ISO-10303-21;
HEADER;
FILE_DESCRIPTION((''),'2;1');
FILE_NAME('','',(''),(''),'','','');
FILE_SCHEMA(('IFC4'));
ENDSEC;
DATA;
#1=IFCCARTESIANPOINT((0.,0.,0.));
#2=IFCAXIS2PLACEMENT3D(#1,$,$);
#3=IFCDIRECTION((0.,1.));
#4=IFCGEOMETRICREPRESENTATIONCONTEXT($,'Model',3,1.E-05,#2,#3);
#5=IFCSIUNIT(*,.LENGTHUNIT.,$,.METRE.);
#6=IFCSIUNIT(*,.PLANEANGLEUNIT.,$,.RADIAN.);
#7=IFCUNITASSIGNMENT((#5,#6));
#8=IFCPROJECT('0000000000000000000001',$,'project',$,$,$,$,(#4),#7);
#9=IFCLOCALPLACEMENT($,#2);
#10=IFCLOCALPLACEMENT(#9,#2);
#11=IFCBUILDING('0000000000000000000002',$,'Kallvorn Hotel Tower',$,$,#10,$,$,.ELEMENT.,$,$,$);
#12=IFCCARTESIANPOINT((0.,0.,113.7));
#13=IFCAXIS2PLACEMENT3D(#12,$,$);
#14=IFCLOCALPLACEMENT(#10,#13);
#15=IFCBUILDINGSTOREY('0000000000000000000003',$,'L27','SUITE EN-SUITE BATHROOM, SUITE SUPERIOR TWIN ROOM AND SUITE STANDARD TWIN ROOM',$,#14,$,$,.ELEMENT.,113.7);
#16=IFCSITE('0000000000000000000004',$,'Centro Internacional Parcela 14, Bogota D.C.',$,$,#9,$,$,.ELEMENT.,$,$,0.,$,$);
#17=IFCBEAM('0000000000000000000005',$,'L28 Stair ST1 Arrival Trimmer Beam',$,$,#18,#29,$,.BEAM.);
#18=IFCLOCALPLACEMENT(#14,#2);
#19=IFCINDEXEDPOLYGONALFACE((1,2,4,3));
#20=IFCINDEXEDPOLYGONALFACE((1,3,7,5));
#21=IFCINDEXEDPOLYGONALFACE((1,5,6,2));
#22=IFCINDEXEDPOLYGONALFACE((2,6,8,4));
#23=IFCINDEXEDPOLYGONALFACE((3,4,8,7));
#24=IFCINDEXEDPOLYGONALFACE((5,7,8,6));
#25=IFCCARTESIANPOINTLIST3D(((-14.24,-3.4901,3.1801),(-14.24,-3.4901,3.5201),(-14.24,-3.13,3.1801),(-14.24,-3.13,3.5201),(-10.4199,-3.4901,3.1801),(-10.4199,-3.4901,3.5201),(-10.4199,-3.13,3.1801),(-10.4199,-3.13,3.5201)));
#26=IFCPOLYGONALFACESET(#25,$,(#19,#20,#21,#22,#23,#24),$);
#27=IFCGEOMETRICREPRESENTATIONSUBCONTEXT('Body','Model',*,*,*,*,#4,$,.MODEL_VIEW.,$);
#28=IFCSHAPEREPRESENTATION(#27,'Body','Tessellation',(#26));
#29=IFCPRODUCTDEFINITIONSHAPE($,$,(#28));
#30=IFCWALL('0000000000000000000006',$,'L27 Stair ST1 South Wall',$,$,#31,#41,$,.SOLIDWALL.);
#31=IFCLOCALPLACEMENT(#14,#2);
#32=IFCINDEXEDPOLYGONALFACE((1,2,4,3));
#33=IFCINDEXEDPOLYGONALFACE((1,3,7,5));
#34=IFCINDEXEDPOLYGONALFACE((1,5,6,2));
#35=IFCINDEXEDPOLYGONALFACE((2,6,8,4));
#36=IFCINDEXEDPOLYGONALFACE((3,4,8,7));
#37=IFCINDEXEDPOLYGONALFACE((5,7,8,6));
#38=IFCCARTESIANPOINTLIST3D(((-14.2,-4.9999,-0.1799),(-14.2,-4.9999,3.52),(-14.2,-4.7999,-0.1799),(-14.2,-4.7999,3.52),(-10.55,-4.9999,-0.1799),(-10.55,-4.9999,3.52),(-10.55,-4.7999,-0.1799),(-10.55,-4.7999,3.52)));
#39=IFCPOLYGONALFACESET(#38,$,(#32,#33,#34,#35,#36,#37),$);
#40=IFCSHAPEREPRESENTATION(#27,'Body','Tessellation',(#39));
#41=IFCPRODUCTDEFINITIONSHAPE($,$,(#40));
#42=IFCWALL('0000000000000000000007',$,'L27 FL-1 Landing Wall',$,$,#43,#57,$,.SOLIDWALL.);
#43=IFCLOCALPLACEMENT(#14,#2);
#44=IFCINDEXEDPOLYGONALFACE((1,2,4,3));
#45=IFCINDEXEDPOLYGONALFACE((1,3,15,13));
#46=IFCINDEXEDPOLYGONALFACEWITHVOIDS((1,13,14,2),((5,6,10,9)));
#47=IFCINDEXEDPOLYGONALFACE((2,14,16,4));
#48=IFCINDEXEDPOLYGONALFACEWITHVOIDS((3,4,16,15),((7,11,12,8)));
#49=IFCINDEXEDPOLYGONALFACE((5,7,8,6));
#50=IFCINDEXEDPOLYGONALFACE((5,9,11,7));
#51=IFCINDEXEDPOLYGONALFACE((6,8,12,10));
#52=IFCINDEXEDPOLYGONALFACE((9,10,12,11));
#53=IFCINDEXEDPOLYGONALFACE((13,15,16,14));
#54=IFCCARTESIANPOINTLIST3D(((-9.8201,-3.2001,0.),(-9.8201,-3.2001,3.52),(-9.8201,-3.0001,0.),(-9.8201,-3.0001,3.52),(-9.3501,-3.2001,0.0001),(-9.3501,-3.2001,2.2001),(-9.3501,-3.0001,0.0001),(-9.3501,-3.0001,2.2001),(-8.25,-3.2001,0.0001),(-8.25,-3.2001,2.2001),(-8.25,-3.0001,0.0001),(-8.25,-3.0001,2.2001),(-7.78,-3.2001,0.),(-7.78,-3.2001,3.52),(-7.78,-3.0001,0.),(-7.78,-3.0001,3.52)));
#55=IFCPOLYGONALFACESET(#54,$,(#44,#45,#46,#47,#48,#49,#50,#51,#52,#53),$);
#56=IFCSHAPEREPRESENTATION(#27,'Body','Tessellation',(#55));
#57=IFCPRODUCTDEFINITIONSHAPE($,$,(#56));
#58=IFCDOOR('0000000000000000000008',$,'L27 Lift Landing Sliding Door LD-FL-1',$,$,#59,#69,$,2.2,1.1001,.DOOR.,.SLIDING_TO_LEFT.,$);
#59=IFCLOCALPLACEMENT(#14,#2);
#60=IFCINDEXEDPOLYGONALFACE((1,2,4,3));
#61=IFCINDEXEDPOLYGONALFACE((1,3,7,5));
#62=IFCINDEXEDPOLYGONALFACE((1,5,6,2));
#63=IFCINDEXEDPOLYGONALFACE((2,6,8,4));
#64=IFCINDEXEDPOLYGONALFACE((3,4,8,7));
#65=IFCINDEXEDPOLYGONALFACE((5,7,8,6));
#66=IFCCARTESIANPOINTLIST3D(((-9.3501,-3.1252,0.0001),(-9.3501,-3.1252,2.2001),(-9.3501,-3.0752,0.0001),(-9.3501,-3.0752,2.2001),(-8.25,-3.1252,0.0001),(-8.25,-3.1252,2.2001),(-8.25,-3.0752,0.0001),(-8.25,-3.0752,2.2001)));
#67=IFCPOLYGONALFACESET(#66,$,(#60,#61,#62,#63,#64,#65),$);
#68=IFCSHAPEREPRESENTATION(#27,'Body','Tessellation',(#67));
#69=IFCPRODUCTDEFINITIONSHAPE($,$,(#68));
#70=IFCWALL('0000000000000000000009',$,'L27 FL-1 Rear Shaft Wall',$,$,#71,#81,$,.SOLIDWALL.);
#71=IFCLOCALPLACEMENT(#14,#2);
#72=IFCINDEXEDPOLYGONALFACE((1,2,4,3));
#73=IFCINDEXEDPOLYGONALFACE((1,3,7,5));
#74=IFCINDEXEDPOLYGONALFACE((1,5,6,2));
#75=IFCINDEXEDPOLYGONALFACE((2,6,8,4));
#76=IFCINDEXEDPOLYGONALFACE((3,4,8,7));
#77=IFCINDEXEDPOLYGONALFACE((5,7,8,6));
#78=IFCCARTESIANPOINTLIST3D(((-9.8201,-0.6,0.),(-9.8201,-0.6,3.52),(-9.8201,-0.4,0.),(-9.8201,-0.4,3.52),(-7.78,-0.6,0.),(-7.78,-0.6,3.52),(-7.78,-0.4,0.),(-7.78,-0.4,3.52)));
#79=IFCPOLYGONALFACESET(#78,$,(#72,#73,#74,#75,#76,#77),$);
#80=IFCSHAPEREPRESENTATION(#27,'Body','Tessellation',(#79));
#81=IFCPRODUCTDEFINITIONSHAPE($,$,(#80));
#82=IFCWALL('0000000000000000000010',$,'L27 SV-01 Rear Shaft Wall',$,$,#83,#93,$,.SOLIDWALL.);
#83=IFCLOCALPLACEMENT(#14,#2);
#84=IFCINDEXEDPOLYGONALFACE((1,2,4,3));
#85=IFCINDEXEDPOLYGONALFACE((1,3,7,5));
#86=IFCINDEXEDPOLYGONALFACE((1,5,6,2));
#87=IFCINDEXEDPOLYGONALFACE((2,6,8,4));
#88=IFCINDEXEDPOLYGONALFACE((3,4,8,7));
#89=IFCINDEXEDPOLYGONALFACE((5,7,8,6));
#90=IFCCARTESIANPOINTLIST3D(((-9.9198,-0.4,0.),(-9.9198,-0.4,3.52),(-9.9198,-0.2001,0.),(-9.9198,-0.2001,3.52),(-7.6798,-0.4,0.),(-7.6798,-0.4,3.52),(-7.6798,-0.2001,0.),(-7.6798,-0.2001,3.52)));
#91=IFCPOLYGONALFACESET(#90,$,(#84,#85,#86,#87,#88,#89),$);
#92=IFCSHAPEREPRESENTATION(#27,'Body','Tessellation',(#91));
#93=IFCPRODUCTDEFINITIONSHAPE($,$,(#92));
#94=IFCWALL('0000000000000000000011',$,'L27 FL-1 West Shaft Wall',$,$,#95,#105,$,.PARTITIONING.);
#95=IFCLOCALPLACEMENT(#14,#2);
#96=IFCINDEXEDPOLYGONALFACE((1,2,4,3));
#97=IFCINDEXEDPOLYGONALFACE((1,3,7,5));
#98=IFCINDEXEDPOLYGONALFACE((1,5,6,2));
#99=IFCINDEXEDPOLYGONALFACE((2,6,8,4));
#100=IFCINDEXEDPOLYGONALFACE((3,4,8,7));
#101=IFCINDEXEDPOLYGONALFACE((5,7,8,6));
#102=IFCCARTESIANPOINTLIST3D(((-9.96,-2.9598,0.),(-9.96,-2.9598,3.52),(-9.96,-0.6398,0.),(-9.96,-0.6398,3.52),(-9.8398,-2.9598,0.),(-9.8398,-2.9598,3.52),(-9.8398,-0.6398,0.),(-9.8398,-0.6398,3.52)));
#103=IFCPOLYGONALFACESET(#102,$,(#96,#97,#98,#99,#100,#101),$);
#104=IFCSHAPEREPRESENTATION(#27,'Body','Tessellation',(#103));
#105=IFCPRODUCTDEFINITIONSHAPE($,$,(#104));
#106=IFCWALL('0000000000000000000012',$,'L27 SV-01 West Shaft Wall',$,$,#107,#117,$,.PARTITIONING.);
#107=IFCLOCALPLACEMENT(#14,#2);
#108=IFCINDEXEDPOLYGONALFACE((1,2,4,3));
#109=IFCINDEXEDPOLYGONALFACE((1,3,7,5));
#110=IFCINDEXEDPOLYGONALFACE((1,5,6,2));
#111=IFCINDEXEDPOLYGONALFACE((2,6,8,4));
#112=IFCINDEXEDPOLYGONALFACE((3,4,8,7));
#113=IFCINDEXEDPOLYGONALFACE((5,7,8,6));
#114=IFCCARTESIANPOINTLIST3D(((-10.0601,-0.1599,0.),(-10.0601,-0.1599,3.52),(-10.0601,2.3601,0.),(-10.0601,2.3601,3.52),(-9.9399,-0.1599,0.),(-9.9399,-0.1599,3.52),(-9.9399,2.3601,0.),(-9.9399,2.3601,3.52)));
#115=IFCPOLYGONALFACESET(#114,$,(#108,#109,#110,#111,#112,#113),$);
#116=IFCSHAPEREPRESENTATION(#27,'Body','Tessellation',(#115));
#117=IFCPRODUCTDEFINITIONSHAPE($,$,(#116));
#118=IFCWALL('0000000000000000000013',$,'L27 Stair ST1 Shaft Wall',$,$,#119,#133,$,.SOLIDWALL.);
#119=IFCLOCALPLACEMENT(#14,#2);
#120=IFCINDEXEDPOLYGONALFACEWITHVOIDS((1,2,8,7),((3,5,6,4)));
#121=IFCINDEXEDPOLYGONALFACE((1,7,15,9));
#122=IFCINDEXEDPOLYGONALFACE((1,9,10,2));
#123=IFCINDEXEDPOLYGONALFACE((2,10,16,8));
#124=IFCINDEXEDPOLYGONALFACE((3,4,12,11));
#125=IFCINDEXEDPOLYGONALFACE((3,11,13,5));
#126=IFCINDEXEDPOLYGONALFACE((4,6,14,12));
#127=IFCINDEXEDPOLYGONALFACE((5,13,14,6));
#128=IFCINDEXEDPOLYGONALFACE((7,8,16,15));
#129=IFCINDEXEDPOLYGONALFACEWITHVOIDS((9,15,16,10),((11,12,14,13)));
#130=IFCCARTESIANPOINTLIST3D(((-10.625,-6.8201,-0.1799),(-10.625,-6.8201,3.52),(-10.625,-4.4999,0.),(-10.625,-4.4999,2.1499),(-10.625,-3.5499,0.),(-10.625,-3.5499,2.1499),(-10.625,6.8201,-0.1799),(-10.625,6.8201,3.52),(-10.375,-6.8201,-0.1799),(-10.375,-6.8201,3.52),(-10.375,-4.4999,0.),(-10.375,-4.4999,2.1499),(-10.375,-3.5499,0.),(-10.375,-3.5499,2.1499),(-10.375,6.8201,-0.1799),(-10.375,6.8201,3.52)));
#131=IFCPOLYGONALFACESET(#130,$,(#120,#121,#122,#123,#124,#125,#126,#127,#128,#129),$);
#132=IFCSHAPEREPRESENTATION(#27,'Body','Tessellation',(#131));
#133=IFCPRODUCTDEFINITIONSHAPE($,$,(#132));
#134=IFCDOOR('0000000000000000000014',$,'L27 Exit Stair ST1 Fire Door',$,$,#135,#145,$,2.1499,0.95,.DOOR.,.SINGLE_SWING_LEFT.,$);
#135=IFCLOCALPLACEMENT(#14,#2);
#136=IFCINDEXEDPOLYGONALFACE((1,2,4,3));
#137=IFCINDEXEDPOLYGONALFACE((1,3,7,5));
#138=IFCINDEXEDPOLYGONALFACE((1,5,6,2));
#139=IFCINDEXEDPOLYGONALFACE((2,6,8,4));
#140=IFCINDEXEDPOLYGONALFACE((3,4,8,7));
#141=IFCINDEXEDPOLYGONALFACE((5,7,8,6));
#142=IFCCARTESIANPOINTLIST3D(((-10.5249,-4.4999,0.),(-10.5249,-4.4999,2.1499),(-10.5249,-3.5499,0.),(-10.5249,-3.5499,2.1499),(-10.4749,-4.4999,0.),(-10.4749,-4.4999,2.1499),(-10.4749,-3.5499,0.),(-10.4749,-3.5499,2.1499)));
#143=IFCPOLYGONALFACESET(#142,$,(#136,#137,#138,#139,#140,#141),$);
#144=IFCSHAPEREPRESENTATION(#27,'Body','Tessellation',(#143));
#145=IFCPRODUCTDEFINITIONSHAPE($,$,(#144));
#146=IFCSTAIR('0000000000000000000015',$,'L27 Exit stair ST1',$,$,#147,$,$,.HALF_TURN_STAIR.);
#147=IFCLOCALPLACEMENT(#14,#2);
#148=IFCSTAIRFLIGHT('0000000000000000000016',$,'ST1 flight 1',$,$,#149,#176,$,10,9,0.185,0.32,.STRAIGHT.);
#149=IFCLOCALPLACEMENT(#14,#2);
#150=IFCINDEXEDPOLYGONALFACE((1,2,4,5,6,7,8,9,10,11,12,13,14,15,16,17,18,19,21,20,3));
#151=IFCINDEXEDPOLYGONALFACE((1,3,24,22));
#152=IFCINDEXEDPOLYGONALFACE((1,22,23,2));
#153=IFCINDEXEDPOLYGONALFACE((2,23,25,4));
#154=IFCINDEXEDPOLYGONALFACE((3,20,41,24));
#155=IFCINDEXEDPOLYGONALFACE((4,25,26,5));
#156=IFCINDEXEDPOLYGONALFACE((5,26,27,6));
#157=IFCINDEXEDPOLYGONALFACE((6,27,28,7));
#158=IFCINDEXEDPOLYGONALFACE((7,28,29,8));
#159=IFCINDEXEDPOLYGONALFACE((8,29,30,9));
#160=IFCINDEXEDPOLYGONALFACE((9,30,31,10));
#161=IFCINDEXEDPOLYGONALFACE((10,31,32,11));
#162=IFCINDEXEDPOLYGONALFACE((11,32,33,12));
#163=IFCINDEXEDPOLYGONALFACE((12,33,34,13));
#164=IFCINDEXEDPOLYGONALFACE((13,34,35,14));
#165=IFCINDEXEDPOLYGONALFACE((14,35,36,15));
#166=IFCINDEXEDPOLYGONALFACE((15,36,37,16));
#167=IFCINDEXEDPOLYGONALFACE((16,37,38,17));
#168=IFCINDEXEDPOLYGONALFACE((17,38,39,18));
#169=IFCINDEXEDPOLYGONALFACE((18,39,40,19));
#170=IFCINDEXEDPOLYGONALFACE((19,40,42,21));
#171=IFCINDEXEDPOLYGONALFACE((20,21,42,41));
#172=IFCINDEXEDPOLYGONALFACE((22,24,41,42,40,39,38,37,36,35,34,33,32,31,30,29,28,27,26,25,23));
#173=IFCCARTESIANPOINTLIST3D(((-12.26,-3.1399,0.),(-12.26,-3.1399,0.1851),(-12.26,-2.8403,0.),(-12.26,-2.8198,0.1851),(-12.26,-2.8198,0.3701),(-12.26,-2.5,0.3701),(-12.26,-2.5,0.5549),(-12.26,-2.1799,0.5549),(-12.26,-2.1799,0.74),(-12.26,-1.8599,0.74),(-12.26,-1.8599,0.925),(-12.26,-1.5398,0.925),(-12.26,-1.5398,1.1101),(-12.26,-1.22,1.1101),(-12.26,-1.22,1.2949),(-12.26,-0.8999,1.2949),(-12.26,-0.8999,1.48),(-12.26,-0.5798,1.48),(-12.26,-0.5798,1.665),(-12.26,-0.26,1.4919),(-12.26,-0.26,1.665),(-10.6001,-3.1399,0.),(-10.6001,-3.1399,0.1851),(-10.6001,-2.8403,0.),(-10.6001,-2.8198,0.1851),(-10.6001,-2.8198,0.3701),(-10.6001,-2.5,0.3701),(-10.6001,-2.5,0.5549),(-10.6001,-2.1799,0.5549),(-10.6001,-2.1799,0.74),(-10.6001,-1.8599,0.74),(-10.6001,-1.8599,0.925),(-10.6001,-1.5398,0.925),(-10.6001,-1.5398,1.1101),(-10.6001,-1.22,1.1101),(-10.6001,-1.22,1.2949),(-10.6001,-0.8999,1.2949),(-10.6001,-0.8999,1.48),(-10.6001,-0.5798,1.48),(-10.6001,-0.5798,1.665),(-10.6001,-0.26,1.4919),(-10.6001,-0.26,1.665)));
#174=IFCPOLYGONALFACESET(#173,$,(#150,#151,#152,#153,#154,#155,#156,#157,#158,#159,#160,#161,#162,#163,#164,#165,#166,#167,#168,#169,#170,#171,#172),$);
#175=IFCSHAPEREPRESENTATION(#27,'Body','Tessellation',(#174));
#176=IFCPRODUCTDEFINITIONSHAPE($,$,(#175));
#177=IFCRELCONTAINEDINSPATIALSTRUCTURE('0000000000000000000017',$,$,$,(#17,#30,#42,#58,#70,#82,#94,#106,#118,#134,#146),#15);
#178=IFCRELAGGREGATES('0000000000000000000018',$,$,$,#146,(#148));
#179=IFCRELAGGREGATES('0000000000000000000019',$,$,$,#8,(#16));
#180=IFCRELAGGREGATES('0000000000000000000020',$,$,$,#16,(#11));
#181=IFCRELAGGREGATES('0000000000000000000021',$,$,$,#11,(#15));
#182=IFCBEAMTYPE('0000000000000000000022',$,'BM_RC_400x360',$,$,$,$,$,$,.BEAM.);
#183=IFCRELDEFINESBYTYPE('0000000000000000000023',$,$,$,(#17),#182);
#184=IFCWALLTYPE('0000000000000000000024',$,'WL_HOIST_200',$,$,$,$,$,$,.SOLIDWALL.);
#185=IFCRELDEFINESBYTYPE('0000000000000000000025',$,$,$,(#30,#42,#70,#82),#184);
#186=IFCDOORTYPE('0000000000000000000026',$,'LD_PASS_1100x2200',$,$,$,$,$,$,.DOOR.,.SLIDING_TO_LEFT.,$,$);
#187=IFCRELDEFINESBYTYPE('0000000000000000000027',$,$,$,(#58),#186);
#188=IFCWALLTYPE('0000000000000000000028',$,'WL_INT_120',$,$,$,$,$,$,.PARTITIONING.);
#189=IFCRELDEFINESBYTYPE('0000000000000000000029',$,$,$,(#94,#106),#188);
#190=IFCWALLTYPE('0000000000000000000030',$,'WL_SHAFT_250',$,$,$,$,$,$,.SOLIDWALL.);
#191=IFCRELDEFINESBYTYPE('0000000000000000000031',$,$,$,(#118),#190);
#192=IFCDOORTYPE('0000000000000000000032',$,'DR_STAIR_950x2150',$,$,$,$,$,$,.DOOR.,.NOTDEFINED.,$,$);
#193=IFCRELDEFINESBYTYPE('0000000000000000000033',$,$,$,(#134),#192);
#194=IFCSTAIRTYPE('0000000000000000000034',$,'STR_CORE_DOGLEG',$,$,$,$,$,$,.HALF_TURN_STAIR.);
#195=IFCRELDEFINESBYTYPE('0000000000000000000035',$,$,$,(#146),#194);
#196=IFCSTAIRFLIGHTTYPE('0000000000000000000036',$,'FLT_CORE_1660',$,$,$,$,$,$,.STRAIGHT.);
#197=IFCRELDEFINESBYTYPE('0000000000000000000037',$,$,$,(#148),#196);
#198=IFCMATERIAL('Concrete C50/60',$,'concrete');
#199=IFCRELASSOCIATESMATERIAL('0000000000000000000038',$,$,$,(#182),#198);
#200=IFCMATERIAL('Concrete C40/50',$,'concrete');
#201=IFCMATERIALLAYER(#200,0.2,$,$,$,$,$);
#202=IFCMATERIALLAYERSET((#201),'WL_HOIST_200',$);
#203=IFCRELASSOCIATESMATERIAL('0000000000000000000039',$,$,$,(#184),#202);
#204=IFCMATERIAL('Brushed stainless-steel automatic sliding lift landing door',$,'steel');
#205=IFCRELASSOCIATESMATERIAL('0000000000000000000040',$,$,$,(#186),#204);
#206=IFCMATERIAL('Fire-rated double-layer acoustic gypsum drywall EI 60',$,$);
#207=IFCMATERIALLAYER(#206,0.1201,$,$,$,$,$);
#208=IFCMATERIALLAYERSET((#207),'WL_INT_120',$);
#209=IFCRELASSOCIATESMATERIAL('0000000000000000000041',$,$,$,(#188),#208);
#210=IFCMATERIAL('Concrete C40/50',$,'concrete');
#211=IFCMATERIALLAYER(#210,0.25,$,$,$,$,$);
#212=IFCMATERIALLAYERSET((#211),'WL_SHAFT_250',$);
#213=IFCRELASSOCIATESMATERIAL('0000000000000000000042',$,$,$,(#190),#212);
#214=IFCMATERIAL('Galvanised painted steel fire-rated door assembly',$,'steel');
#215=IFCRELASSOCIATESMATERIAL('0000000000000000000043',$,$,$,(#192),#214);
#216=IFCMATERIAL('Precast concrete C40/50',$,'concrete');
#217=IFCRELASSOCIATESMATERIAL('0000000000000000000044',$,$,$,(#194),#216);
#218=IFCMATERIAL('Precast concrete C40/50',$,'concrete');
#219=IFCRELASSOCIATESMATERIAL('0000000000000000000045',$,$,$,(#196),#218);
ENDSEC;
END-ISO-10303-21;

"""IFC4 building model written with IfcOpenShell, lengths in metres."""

from ifc_helpers import new_model, si_unit, direction, frame, frame_2d, origin, origin_2d, place, context, subcontext, project, spatial, polyline, rectangle, outline, extrude, material, layer, layer_set, material_profile, profile_set, type_object, element, fill, aggregate, save


model = new_model("IFC4")

# Units and contexts
model_context = context("Model", 3, precision=1e-05, world=origin(), true_north=direction((0.0, 1.0)))
body_context = subcontext(model_context, "Body", "Model", "MODEL_VIEW")
ifc_project = project(units=[si_unit("LENGTHUNIT", "METRE"), si_unit("PLANEANGLEUNIT", "RADIAN")], contexts=[model_context])

# Site, building, storey
site_placement = place(None, origin())
site = spatial("IfcSite", under=ifc_project, at=site_placement, Name="Centro Internacional Parcela 14, Bogota D.C.", CompositionType="ELEMENT", RefElevation=0.0)
building_placement = place(site_placement, origin())
building = spatial("IfcBuilding", under=site, at=building_placement, Name="Kallvorn Hotel Tower", CompositionType="ELEMENT")
storey_placement = place(building_placement, frame((0.0, 0.0, 113.7)))
storey = spatial("IfcBuildingStorey", under=building, at=storey_placement, Name="L27", Description="SUITE EN-SUITE BATHROOM, SUITE SUPERIOR TWIN ROOM AND SUITE STANDARD TWIN ROOM", CompositionType="ELEMENT", Elevation=113.7)

# Beam
ifc_material_1 = material(Name="Concrete C50/60", Category="concrete")
ifc_material_profile = material_profile(ifc_material_1, rectangle(XDim=0.3601, YDim=0.3401, at=origin_2d()), Name="RC 360x340")
ifc_profile_set = profile_set([ifc_material_profile], Name="Concrete C50/60")
beam_type = type_object("IfcBeamType", Name="BM_RC_400x360", PredefinedType="BEAM", material=ifc_profile_set)
beam_placement = place(storey_placement, frame((-10.4199, -3.3101, 3.3501), z_axis=(-1.0, 0.0, 0.0), x_axis=(0.0, -1.0, 0.0)))
element("IfcBeam", 1, at=beam_placement, inside=storey, type_object=beam_type, Name="L28 Stair ST1 Arrival Trimmer Beam", PredefinedType="BEAM", context=body_context, shape_type="SweptSolid", body=[
    extrude(rectangle(XDim=0.3601, YDim=0.3401, at=origin_2d()), origin(), (0.0, 0.0, 1.0), 3.8201),
])

# Wall
ifc_material_2 = material(Name="Concrete C40/50", Category="concrete")
ifc_layer_1 = layer(ifc_material_2, 0.2)
ifc_layer_set_1 = layer_set([ifc_layer_1], Name="WL_HOIST_200")
wall_type_1 = type_object("IfcWallType", Name="WL_HOIST_200", PredefinedType="SOLIDWALL", material=ifc_layer_set_1)
wall_1_placement = place(storey_placement, frame((-14.2, -4.8999, -0.1799), z_axis=(0.0, 0.0, 1.0), x_axis=(1.0, 0.0, 0.0)))
element("IfcWall", 2, at=wall_1_placement, inside=storey, type_object=wall_type_1, Name="L27 Stair ST1 South Wall", PredefinedType="SOLIDWALL", context=body_context, shape_type="SweptSolid", body=[
    extrude(rectangle(XDim=3.6499, YDim=0.2, at=frame_2d((1.825, 0.0))), origin(), (0.0, 0.0, 1.0), 3.7),
])

# Wall, opening, door
wall_2_placement = place(storey_placement, frame((-9.8201, -3.1001, 0.0), z_axis=(0.0, 0.0, 1.0), x_axis=(1.0, 0.0, 0.0)))
wall_2 = element("IfcWall", 3, at=wall_2_placement, inside=storey, type_object=wall_type_1, Name="L27 FL-1 Landing Wall", PredefinedType="SOLIDWALL", context=body_context, shape_type="SweptSolid", body=[
    extrude(rectangle(XDim=2.04, YDim=0.2, at=frame_2d((1.02, 0.0))), origin(), (0.0, 0.0, 1.0), 3.52),
])
opening_1_placement = place(wall_2_placement, frame((0.47, 0.0, 0.0)))
opening_1 = element("IfcOpeningElement", 4, at=opening_1_placement, cuts=wall_2, PredefinedType="OPENING", context=body_context, shape_type="SweptSolid", body=[
    extrude(rectangle(XDim=1.1001, YDim=2.2, at=frame_2d((0.55, 1.1001))), frame((0.0, 0.115, 0.0), z_axis=(0.0, -1.0, 0.0), x_axis=(1.0, 0.0, 0.0)), (0.0, 0.0, 1.0), 0.23),
])
ifc_material_3 = material(Name="Brushed stainless-steel automatic sliding lift landing door", Category="steel")
door_type_1 = type_object("IfcDoorType", Name="LD_PASS_1100x2200", OperationType="SLIDING_TO_LEFT", PredefinedType="DOOR", material=ifc_material_3)
door_1_placement = place(opening_1_placement, origin())
door_1 = element("IfcDoor", 5, at=door_1_placement, inside=storey, type_object=door_type_1, Name="L27 Lift Landing Sliding Door LD-FL-1", OperationType="SLIDING_TO_LEFT", OverallHeight=2.2, OverallWidth=1.1001, PredefinedType="DOOR", context=body_context, shape_type="SweptSolid", body=[
    extrude(rectangle(XDim=1.1001, YDim=2.2, at=frame_2d((0.55, 1.1001))), frame((0.0, 0.0249, 0.0), z_axis=(0.0, -1.0, 0.0), x_axis=(1.0, 0.0, 0.0)), (0.0, 0.0, 1.0), 0.05),
])
fill(opening_1, door_1)

# Walls
wall_3_placement = place(storey_placement, frame((-9.8201, -0.5, 0.0), z_axis=(0.0, 0.0, 1.0), x_axis=(1.0, 0.0, 0.0)))
element("IfcWall", 6, at=wall_3_placement, inside=storey, type_object=wall_type_1, Name="L27 FL-1 Rear Shaft Wall", PredefinedType="SOLIDWALL", context=body_context, shape_type="SweptSolid", body=[
    extrude(rectangle(XDim=2.04, YDim=0.2, at=frame_2d((1.02, 0.0))), origin(), (0.0, 0.0, 1.0), 3.52),
])
wall_4_placement = place(storey_placement, frame((-9.9199, -0.3, 0.0), z_axis=(0.0, 0.0, 1.0), x_axis=(1.0, 0.0, 0.0)))
element("IfcWall", 7, at=wall_4_placement, inside=storey, type_object=wall_type_1, Name="L27 SV-01 Rear Shaft Wall", PredefinedType="SOLIDWALL", context=body_context, shape_type="SweptSolid", body=[
    extrude(rectangle(XDim=2.24, YDim=0.2, at=frame_2d((1.1201, 0.0))), origin(), (0.0, 0.0, 1.0), 3.52),
])
ifc_material_4 = material(Name="Fire-rated double-layer acoustic gypsum drywall EI 60")
ifc_layer_2 = layer(ifc_material_4, 0.1201)
ifc_layer_set_2 = layer_set([ifc_layer_2], Name="WL_INT_120")
wall_type_2 = type_object("IfcWallType", Name="WL_INT_120", PredefinedType="PARTITIONING", material=ifc_layer_set_2)
wall_5_placement = place(storey_placement, frame((-9.8999, -2.96, 0.0), z_axis=(0.0, 0.0, 1.0), x_axis=(0.0, 1.0, 0.0)))
element("IfcWall", 8, at=wall_5_placement, inside=storey, type_object=wall_type_2, Name="L27 FL-1 West Shaft Wall", PredefinedType="PARTITIONING", context=body_context, shape_type="SweptSolid", body=[
    extrude(rectangle(XDim=2.3201, YDim=0.1201, at=frame_2d((1.1602, 0.0))), origin(), (0.0, 0.0, 1.0), 3.52),
])
wall_6_placement = place(storey_placement, frame((-10.0, -0.1599, 0.0), z_axis=(0.0, 0.0, 1.0), x_axis=(0.0, 1.0, 0.0)))
element("IfcWall", 9, at=wall_6_placement, inside=storey, type_object=wall_type_2, Name="L27 SV-01 West Shaft Wall", PredefinedType="PARTITIONING", context=body_context, shape_type="SweptSolid", body=[
    extrude(rectangle(XDim=2.52, YDim=0.1201, at=frame_2d((1.26, 0.0))), origin(), (0.0, 0.0, 1.0), 3.52),
])

# Wall, opening, door
ifc_material_5 = material(Name="Concrete C40/50", Category="concrete")
ifc_layer_3 = layer(ifc_material_5, 0.25)
ifc_layer_set_3 = layer_set([ifc_layer_3], Name="WL_SHAFT_250")
wall_type_3 = type_object("IfcWallType", Name="WL_SHAFT_250", PredefinedType="SOLIDWALL", material=ifc_layer_set_3)
wall_7_placement = place(storey_placement, frame((-10.5, -6.8201, -0.1799), z_axis=(0.0, 0.0, 1.0), x_axis=(0.0, 1.0, 0.0)))
wall_7 = element("IfcWall", 10, at=wall_7_placement, inside=storey, type_object=wall_type_3, Name="L27 Stair ST1 Shaft Wall", PredefinedType="SOLIDWALL", context=body_context, shape_type="SweptSolid", body=[
    extrude(rectangle(XDim=13.6401, YDim=0.25, at=frame_2d((6.8201, 0.0))), origin(), (0.0, 0.0, 1.0), 3.7),
])
opening_2_placement = place(wall_7_placement, frame((2.3201, 0.0, 0.1799)))
opening_2 = element("IfcOpeningElement", 11, at=opening_2_placement, cuts=wall_7, PredefinedType="OPENING", context=body_context, shape_type="SweptSolid", body=[
    extrude(rectangle(XDim=0.95, YDim=2.1499, at=frame_2d((0.4751, 1.075))), frame((0.0, 0.1399, 0.0), z_axis=(0.0, -1.0, 0.0), x_axis=(1.0, 0.0, 0.0)), (0.0, 0.0, 1.0), 0.28),
])
ifc_material_6 = material(Name="Galvanised painted steel fire-rated door assembly", Category="steel")
door_type_2 = type_object("IfcDoorType", Name="DR_STAIR_950x2150", OperationType="NOTDEFINED", PredefinedType="DOOR", material=ifc_material_6)
door_2_placement = place(opening_2_placement, origin())
door_2 = element("IfcDoor", 12, at=door_2_placement, inside=storey, type_object=door_type_2, Name="L27 Exit Stair ST1 Fire Door", OperationType="SINGLE_SWING_LEFT", OverallHeight=2.1499, OverallWidth=0.95, PredefinedType="DOOR", context=body_context, shape_type="SweptSolid", body=[
    extrude(rectangle(XDim=0.95, YDim=2.1499, at=frame_2d((0.4751, 1.075))), frame((0.0, 0.0249, 0.0), z_axis=(0.0, -1.0, 0.0), x_axis=(1.0, 0.0, 0.0)), (0.0, 0.0, 1.0), 0.05),
])
fill(opening_2, door_2)

# Stair, stair flight
ifc_material_7 = material(Name="Precast concrete C40/50", Category="concrete")
stair_type = type_object("IfcStairType", Name="STR_CORE_DOGLEG", PredefinedType="HALF_TURN_STAIR", material=ifc_material_7)
stair_placement = place(storey_placement, origin())
stair = element("IfcStair", 13, at=stair_placement, inside=storey, type_object=stair_type, Name="L27 Exit stair ST1", PredefinedType="HALF_TURN_STAIR")
ifc_material_8 = material(Name="Precast concrete C40/50", Category="concrete")
stair_flight_type = type_object("IfcStairFlightType", Name="FLT_CORE_1660", PredefinedType="STRAIGHT", material=ifc_material_8)
stair_flight_1_placement = place(storey_placement, frame((-11.4299, -3.1399, 0.0), z_axis=(0.0, 0.0, 1.0), x_axis=(0.0, 1.0, 0.0)))
stair_flight_1 = element("IfcStairFlight", 14, at=stair_flight_1_placement, type_object=stair_flight_type, Name="ST1 flight 1", NumberOfRisers=10, NumberOfTreads=9, PredefinedType="STRAIGHT", RiserHeight=0.185, TreadLength=0.32, context=body_context, shape_type="SweptSolid", body=[
    extrude(outline(polyline([(0.0, 0.0), (0.0, 0.1851), (0.3201, 0.1851), (0.3201, 0.3701), (0.6399, 0.3701), (0.6399, 0.5549), (0.96, 0.5549), (0.96, 0.74), (1.28, 0.74), (1.28, 0.925), (1.6001, 0.925), (1.6001, 1.1101), (1.9199, 1.1101), (1.9199, 1.2949), (2.24, 1.2949), (2.24, 1.48), (2.5601, 1.48), (2.5601, 1.665), (2.8799, 1.665), (2.8799, 1.8501), (2.8799, 1.4919), (0.2996, 0.0), (0.0, 0.0)])), frame((0.0, 0.8301, 0.0), z_axis=(0.0, -1.0, 0.0), x_axis=(1.0, 0.0, 0.0)), (0.0, 0.0, 1.0), 1.6599),
])
aggregate(stair, [stair_flight_1])

save(model, "model.ifc")
